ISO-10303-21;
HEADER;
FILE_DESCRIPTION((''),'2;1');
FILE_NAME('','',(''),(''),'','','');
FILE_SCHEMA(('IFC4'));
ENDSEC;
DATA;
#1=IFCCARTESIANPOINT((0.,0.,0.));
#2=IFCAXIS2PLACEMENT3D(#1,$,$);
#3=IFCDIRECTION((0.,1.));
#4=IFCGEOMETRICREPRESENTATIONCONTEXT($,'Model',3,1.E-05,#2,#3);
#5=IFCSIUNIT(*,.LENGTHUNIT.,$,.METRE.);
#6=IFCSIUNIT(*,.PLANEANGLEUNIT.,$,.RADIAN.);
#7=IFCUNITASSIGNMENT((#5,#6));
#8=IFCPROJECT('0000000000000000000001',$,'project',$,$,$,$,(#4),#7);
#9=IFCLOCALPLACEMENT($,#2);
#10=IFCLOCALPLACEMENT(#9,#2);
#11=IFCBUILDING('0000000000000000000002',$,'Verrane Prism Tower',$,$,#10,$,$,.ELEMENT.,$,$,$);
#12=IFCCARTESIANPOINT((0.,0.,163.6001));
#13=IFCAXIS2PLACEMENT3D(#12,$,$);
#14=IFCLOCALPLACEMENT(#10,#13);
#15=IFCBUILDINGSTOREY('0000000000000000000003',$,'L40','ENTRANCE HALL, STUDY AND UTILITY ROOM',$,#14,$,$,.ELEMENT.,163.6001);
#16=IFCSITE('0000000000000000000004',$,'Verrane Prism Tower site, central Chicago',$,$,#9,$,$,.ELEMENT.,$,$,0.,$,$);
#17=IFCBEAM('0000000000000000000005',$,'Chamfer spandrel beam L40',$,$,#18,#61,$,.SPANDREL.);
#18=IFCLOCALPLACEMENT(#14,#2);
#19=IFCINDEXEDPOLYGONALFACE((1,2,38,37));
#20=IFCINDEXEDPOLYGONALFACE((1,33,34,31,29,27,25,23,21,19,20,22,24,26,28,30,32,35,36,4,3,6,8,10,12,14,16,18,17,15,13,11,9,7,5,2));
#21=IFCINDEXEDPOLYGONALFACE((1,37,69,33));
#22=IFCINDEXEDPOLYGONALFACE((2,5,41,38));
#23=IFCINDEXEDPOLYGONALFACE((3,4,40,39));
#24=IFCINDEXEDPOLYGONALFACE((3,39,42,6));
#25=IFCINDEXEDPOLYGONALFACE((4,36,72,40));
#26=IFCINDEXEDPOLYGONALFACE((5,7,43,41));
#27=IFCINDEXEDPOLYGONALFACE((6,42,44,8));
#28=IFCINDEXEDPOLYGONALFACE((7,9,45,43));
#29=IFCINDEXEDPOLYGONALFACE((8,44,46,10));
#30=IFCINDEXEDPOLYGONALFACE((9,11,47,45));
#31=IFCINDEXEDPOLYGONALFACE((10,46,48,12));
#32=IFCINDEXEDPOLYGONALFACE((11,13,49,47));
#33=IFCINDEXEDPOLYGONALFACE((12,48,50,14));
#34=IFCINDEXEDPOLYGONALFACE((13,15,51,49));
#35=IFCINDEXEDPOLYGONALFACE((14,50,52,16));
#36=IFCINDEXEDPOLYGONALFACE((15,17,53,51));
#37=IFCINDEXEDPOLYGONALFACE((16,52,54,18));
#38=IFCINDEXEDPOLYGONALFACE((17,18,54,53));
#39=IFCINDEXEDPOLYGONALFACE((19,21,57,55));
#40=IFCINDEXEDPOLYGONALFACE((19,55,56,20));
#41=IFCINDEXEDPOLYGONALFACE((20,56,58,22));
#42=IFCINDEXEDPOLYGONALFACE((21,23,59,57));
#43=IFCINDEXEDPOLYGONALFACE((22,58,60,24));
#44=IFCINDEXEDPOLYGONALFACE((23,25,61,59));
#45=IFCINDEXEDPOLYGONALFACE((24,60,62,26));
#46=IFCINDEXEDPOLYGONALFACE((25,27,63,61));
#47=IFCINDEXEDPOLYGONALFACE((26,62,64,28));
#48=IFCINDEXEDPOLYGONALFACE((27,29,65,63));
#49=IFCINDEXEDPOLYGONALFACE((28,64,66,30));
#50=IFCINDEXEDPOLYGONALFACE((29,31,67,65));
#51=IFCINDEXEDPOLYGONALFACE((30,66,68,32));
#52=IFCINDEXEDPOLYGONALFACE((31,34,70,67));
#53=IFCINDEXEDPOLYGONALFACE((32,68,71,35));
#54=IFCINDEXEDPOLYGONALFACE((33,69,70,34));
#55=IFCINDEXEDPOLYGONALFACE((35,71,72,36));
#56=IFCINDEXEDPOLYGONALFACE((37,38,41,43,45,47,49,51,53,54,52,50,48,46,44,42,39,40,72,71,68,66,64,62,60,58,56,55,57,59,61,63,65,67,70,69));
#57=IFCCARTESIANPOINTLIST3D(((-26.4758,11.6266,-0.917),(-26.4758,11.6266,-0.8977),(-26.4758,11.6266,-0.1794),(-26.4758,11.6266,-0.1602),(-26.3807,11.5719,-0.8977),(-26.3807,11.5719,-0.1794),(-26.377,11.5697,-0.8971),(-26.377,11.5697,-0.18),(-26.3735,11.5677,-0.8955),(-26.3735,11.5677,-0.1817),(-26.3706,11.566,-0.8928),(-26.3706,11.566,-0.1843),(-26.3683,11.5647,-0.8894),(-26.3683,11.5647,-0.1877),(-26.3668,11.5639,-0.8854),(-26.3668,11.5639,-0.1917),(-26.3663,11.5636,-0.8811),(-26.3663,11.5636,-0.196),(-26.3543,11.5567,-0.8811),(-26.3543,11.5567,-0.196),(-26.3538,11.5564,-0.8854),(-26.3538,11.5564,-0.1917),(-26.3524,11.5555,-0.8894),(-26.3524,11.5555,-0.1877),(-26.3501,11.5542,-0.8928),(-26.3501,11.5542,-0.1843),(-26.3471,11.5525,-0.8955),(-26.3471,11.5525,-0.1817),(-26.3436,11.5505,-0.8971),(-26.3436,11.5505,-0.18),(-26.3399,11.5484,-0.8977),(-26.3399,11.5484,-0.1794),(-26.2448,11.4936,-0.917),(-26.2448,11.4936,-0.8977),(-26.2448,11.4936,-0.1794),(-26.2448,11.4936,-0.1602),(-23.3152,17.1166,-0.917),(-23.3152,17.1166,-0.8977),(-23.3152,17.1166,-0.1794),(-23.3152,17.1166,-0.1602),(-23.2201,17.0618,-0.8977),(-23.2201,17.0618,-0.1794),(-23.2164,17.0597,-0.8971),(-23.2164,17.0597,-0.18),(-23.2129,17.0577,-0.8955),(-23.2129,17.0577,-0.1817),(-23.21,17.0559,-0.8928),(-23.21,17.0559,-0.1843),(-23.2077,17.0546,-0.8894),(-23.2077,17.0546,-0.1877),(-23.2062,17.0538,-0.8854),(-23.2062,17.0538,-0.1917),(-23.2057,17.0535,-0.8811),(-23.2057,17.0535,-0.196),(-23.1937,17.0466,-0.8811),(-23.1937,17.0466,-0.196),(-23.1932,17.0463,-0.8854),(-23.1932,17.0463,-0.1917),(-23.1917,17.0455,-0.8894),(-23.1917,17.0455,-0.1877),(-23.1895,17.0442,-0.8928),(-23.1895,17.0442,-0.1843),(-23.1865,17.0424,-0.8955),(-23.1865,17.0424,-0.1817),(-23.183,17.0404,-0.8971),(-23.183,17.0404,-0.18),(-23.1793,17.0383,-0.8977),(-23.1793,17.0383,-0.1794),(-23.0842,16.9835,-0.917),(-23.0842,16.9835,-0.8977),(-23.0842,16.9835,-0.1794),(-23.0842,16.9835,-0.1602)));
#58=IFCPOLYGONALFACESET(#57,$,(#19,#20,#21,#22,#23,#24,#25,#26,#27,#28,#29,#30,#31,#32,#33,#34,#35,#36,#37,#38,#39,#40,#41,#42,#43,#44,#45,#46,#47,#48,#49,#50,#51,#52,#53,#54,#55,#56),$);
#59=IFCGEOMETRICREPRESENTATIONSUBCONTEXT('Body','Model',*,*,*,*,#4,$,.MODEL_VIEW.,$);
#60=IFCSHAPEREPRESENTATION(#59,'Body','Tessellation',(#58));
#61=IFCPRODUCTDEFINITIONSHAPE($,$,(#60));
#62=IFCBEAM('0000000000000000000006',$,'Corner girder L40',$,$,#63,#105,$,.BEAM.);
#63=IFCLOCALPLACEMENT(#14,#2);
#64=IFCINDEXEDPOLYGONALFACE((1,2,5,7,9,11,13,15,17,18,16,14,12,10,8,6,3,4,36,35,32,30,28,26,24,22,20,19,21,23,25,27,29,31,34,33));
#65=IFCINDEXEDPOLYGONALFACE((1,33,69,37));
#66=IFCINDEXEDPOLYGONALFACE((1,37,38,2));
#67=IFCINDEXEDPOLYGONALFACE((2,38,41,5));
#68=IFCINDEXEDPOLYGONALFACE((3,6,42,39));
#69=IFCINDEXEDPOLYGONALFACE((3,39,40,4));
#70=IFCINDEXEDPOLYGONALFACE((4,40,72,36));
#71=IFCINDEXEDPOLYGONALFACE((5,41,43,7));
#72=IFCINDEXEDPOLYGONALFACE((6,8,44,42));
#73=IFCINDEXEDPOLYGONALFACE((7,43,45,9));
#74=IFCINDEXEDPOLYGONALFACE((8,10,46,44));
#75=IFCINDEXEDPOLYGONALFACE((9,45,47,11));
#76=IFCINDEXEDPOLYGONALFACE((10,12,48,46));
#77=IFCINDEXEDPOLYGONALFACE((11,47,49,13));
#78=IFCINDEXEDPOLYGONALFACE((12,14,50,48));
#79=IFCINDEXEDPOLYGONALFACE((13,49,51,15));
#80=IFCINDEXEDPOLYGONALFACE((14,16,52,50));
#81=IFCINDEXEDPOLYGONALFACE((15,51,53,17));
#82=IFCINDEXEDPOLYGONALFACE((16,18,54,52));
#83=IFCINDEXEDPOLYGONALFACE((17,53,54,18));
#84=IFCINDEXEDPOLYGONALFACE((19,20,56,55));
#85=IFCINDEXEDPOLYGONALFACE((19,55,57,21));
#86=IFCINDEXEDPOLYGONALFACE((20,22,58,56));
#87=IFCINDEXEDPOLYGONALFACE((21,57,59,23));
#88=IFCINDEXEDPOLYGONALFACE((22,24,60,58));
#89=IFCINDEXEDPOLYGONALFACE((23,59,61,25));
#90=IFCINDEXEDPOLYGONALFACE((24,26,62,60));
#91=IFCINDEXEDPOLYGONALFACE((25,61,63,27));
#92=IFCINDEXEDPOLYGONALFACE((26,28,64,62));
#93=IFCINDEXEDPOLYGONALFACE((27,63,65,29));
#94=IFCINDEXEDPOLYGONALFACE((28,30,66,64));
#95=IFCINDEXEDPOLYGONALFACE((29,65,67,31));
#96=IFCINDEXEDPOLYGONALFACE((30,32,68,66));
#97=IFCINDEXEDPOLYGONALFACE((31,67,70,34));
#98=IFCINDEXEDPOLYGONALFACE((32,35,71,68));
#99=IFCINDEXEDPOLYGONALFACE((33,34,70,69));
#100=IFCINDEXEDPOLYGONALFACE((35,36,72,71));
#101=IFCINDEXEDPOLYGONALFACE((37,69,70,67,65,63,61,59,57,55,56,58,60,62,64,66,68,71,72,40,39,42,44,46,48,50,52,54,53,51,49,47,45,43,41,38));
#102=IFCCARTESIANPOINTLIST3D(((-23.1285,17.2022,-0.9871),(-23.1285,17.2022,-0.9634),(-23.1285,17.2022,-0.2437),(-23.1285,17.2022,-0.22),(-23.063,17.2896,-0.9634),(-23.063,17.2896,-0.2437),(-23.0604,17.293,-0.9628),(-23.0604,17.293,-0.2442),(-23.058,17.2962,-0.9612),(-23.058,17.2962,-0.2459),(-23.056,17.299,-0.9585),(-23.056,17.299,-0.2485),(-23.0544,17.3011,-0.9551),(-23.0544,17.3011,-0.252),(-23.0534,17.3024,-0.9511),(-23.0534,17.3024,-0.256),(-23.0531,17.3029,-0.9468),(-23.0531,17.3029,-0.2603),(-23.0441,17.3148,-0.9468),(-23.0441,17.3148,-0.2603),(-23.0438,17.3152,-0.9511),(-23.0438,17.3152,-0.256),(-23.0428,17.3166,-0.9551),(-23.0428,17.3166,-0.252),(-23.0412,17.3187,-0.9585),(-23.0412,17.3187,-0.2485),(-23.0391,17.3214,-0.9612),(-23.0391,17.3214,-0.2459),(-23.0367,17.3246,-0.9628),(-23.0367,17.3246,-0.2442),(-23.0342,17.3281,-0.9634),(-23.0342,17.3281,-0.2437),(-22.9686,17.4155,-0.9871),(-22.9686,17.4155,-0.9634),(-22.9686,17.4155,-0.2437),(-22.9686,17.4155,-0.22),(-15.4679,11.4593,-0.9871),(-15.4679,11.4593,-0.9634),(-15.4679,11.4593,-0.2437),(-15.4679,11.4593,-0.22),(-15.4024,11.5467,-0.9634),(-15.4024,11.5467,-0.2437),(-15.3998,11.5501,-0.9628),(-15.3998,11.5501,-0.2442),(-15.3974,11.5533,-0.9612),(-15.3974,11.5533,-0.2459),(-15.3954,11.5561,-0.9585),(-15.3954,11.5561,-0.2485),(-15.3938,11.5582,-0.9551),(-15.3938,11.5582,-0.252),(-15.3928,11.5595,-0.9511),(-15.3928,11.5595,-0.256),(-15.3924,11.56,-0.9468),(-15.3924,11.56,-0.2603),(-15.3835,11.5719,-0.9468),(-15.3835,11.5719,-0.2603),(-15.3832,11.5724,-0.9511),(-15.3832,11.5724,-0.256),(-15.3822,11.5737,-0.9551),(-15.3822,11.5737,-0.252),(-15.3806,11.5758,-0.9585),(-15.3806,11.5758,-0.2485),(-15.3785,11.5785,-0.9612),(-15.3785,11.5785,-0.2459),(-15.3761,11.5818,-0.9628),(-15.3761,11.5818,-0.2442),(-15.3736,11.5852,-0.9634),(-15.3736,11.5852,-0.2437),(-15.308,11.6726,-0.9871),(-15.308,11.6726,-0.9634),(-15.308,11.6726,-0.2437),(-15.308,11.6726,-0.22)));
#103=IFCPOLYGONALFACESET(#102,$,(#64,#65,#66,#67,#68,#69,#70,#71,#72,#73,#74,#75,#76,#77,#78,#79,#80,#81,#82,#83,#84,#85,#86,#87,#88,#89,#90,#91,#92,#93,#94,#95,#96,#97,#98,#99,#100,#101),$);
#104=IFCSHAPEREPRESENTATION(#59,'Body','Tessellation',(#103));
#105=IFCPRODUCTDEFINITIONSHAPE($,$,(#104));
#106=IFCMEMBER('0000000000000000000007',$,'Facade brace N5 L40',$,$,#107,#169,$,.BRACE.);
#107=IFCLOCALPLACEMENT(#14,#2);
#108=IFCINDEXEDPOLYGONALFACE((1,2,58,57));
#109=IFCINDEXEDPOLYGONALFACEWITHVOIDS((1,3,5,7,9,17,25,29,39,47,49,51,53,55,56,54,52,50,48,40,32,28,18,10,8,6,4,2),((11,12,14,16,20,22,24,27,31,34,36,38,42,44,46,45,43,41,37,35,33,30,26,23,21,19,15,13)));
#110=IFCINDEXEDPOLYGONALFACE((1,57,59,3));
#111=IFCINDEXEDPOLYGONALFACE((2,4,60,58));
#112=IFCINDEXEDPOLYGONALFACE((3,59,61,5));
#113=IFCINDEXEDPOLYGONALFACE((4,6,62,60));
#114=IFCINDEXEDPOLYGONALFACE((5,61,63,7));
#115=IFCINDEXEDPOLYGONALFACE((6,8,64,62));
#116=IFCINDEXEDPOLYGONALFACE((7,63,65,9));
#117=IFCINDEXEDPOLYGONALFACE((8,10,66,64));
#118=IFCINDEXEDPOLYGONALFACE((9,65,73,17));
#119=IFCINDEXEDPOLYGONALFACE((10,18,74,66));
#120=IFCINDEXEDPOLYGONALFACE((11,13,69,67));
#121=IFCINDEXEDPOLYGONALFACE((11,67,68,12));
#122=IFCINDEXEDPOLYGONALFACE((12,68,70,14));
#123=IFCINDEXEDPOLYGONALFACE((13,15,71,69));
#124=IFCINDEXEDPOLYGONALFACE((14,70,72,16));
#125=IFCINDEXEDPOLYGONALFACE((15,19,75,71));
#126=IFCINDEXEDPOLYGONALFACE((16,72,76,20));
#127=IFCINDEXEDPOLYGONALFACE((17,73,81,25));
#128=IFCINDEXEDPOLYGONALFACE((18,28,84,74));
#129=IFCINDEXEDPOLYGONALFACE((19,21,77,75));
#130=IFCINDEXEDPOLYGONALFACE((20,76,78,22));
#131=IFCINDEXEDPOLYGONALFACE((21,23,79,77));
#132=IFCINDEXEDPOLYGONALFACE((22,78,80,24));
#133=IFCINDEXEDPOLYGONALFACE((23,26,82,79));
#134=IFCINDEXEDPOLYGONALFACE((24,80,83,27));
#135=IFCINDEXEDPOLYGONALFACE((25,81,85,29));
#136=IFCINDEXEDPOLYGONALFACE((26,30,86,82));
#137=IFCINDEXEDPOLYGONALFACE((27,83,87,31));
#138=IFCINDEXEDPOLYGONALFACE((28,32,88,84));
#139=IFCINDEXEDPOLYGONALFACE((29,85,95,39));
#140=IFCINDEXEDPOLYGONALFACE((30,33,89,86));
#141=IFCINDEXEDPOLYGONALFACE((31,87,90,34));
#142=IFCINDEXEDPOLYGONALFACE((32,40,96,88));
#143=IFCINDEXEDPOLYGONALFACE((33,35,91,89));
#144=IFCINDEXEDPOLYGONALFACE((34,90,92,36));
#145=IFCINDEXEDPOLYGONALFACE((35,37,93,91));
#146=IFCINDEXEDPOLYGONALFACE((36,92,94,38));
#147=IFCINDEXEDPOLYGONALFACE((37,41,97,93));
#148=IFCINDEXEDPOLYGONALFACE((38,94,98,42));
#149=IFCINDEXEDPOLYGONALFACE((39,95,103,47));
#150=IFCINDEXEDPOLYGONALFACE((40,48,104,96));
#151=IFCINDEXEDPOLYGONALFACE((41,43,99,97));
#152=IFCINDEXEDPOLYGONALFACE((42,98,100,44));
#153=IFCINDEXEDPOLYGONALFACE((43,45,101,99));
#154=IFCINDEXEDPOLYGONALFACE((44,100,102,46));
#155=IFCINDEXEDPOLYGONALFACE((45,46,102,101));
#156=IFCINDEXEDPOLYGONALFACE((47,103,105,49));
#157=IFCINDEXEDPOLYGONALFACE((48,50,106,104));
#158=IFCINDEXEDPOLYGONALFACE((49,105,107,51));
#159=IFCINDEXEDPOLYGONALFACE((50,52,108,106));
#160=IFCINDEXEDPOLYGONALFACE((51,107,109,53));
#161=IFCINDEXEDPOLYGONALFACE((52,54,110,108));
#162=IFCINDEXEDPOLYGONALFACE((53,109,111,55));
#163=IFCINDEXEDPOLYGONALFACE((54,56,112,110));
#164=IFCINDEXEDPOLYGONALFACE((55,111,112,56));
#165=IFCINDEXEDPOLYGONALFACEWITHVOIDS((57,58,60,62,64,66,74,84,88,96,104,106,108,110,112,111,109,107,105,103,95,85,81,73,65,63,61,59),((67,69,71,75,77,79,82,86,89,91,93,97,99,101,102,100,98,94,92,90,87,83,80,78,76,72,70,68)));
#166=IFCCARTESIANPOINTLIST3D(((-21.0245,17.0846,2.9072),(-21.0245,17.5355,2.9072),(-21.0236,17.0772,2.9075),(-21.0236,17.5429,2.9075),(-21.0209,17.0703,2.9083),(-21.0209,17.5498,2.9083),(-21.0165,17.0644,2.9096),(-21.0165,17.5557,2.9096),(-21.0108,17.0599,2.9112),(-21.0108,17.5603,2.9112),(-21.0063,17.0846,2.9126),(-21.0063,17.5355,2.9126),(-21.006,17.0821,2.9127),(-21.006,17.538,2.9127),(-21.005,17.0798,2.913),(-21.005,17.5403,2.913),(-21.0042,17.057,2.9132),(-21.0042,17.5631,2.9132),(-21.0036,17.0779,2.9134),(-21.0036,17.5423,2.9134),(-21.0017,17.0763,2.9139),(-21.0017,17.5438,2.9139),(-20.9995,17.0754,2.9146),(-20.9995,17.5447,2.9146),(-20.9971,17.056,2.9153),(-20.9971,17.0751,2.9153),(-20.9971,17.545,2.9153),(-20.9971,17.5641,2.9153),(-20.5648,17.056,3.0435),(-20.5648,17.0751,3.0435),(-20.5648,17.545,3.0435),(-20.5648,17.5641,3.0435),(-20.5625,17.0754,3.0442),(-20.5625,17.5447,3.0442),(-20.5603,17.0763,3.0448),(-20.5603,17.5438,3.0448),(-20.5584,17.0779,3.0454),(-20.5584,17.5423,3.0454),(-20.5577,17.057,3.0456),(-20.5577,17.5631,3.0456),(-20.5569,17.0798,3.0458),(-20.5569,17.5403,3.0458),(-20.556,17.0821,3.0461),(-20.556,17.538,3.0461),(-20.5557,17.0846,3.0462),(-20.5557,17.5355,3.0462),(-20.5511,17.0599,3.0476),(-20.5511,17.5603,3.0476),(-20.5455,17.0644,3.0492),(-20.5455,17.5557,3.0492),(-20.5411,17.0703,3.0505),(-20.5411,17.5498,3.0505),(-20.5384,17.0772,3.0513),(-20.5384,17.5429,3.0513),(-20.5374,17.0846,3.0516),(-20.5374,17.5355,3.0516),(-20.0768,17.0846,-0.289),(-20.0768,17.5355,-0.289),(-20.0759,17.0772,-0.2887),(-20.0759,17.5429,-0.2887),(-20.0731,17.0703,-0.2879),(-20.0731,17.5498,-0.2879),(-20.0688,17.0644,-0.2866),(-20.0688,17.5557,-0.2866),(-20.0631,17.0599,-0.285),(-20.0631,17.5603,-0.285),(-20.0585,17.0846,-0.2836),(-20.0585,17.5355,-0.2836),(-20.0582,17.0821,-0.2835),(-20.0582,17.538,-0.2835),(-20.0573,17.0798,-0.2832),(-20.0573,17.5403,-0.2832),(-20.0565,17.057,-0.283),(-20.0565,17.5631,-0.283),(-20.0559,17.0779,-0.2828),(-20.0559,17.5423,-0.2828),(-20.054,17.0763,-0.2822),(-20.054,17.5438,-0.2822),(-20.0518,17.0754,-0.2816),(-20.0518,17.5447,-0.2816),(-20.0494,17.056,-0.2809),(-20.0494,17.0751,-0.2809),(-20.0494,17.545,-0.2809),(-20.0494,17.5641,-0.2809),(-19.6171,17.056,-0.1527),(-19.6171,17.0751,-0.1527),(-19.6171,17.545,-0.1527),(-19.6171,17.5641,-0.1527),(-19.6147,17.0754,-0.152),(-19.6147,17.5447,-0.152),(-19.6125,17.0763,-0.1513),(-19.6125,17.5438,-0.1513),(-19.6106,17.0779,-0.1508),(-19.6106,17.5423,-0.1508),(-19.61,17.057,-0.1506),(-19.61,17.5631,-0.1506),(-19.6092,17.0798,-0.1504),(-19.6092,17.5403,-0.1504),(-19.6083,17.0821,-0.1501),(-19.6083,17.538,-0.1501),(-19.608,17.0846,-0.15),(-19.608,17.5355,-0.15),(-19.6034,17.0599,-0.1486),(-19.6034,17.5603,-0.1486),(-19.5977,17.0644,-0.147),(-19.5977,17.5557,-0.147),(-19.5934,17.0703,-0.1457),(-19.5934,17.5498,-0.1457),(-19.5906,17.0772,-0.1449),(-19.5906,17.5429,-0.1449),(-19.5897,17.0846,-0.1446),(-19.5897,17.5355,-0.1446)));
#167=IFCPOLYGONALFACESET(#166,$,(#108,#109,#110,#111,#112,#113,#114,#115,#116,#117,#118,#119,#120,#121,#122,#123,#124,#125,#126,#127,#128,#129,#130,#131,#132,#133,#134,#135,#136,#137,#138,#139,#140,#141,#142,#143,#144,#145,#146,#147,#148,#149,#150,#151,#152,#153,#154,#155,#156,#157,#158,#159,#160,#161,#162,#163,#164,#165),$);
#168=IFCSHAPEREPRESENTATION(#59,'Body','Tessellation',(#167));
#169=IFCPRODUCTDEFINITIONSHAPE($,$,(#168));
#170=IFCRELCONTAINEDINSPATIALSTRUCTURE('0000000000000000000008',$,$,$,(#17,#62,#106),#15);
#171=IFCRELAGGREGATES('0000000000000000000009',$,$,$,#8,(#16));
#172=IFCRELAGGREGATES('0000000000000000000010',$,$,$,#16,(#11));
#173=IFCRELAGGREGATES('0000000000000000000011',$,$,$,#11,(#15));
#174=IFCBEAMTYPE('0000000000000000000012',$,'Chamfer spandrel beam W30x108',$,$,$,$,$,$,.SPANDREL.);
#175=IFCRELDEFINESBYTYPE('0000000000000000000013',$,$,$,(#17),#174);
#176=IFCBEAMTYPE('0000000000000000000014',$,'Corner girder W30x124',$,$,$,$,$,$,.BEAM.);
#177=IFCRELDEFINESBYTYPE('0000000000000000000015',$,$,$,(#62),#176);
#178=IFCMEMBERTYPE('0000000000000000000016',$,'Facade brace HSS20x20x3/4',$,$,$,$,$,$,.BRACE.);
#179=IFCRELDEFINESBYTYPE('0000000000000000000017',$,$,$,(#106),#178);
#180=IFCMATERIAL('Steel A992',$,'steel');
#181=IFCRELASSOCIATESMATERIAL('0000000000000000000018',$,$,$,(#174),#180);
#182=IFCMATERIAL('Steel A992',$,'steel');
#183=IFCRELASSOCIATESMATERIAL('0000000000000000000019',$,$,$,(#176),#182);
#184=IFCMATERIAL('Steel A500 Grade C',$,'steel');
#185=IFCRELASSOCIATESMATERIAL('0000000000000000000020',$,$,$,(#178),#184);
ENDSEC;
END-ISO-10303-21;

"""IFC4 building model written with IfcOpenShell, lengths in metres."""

from ifc_helpers import new_model, si_unit, direction, frame, origin, origin_2d, place, context, subcontext, project, spatial, hollow_rectangle, i_section, extrude, material, material_profile, profile_set, type_object, element, save


model = new_model("IFC4")

# Units and contexts
model_context = context("Model", 3, precision=1e-05, world=origin(), true_north=direction((0.0, 1.0)))
body_context = subcontext(model_context, "Body", "Model", "MODEL_VIEW")
ifc_project = project(units=[si_unit("LENGTHUNIT", "METRE"), si_unit("PLANEANGLEUNIT", "RADIAN")], contexts=[model_context])

# Site, building, storey
site_placement = place(None, origin())
site = spatial("IfcSite", under=ifc_project, at=site_placement, Name="Verrane Prism Tower site, central Chicago", CompositionType="ELEMENT", RefElevation=0.0)
building_placement = place(site_placement, origin())
building = spatial("IfcBuilding", under=site, at=building_placement, Name="Verrane Prism Tower", CompositionType="ELEMENT")
storey_placement = place(building_placement, frame((0.0, 0.0, 163.6001)))
storey = spatial("IfcBuildingStorey", under=building, at=storey_placement, Name="L40", Description="ENTRANCE HALL, STUDY AND UTILITY ROOM", CompositionType="ELEMENT", Elevation=163.6001)

# Beams
ifc_material_1 = material(Name="Steel A992", Category="steel")
ifc_material_profile_1 = material_profile(ifc_material_1, i_section(OverallWidth=0.2666, OverallDepth=0.7568, WebThickness=0.0139, FlangeThickness=0.0193, FilletRadius=0.0166, at=origin_2d()), Name="W30x108")
ifc_profile_set_1 = profile_set([ifc_material_profile_1], Name="Steel A992")
beam_type_1 = type_object("IfcBeamType", Name="Chamfer spandrel beam W30x108", PredefinedType="SPANDREL", material=ifc_profile_set_1)
beam_1_placement = place(storey_placement, frame((-23.1997, 17.05, -0.5386), z_axis=(-0.498934, -0.86664, 0.0), x_axis=(0.86664, -0.498934, 0.0)))
element("IfcBeam", 1, at=beam_1_placement, inside=storey, type_object=beam_type_1, Name="Chamfer spandrel beam L40", PredefinedType="SPANDREL", context=body_context, shape_type="SweptSolid", body=[
    extrude(i_section(OverallWidth=0.2666, OverallDepth=0.7568, WebThickness=0.0139, FlangeThickness=0.0193, FilletRadius=0.0166, at=origin_2d()), origin(), (0.0, 0.0, 1.0), 6.3347),
])
ifc_material_2 = material(Name="Steel A992", Category="steel")
ifc_material_profile_2 = material_profile(ifc_material_2, i_section(OverallWidth=0.2666, OverallDepth=0.7671, WebThickness=0.0149, FlangeThickness=0.0237, FilletRadius=0.0166, at=origin_2d()), Name="W30x124")
ifc_profile_set_2 = profile_set([ifc_material_profile_2], Name="Steel A992")
beam_type_2 = type_object("IfcBeamType", Name="Corner girder W30x124", PredefinedType="BEAM", material=ifc_profile_set_2)
beam_2_placement = place(storey_placement, frame((-23.0486, 17.3088, -0.6035), z_axis=(0.800128, -0.599829, 0.0), x_axis=(0.599829, 0.800128, 0.0)))
element("IfcBeam", 2, at=beam_2_placement, inside=storey, type_object=beam_type_2, Name="Corner girder L40", PredefinedType="BEAM", context=body_context, shape_type="SweptSolid", body=[
    extrude(i_section(OverallWidth=0.2666, OverallDepth=0.7671, WebThickness=0.0149, FlangeThickness=0.0237, FilletRadius=0.0166, at=origin_2d()), origin(), (0.0, 0.0, 1.0), 9.5742),
])

# Member
ifc_material_3 = material(Name="Steel A500 Grade C", Category="steel")
ifc_material_profile_3 = material_profile(ifc_material_3, hollow_rectangle(XDim=0.5081, YDim=0.5081, WallThickness=0.019, InnerFilletRadius=0.0095, OuterFilletRadius=0.0286, at=origin_2d()), Name="HSS20x20x3/4")
ifc_profile_set_3 = profile_set([ifc_material_profile_3], Name="Steel A500 Grade C")
member_type_1 = type_object("IfcMemberType", Name="Facade brace HSS20x20x3/4", PredefinedType="BRACE", material=ifc_profile_set_3)
member_1_placement = place(storey_placement, frame((-19.8333, 17.3101, -0.2168), z_axis=(-0.284283, 0.0, 0.95874), x_axis=(0.0, -1.0, 0.0)))
element("IfcMember", 3, at=member_1_placement, inside=storey, type_object=member_type_1, Name="Facade brace N5 L40", PredefinedType="BRACE", context=body_context, shape_type="SweptSolid", body=[
    extrude(hollow_rectangle(XDim=0.5081, YDim=0.5081, WallThickness=0.019, InnerFilletRadius=0.0095, OuterFilletRadius=0.0286, at=origin_2d()), origin(), (0.0, 0.0, 1.0), 3.3337),
])

save(model, "model.ifc")
